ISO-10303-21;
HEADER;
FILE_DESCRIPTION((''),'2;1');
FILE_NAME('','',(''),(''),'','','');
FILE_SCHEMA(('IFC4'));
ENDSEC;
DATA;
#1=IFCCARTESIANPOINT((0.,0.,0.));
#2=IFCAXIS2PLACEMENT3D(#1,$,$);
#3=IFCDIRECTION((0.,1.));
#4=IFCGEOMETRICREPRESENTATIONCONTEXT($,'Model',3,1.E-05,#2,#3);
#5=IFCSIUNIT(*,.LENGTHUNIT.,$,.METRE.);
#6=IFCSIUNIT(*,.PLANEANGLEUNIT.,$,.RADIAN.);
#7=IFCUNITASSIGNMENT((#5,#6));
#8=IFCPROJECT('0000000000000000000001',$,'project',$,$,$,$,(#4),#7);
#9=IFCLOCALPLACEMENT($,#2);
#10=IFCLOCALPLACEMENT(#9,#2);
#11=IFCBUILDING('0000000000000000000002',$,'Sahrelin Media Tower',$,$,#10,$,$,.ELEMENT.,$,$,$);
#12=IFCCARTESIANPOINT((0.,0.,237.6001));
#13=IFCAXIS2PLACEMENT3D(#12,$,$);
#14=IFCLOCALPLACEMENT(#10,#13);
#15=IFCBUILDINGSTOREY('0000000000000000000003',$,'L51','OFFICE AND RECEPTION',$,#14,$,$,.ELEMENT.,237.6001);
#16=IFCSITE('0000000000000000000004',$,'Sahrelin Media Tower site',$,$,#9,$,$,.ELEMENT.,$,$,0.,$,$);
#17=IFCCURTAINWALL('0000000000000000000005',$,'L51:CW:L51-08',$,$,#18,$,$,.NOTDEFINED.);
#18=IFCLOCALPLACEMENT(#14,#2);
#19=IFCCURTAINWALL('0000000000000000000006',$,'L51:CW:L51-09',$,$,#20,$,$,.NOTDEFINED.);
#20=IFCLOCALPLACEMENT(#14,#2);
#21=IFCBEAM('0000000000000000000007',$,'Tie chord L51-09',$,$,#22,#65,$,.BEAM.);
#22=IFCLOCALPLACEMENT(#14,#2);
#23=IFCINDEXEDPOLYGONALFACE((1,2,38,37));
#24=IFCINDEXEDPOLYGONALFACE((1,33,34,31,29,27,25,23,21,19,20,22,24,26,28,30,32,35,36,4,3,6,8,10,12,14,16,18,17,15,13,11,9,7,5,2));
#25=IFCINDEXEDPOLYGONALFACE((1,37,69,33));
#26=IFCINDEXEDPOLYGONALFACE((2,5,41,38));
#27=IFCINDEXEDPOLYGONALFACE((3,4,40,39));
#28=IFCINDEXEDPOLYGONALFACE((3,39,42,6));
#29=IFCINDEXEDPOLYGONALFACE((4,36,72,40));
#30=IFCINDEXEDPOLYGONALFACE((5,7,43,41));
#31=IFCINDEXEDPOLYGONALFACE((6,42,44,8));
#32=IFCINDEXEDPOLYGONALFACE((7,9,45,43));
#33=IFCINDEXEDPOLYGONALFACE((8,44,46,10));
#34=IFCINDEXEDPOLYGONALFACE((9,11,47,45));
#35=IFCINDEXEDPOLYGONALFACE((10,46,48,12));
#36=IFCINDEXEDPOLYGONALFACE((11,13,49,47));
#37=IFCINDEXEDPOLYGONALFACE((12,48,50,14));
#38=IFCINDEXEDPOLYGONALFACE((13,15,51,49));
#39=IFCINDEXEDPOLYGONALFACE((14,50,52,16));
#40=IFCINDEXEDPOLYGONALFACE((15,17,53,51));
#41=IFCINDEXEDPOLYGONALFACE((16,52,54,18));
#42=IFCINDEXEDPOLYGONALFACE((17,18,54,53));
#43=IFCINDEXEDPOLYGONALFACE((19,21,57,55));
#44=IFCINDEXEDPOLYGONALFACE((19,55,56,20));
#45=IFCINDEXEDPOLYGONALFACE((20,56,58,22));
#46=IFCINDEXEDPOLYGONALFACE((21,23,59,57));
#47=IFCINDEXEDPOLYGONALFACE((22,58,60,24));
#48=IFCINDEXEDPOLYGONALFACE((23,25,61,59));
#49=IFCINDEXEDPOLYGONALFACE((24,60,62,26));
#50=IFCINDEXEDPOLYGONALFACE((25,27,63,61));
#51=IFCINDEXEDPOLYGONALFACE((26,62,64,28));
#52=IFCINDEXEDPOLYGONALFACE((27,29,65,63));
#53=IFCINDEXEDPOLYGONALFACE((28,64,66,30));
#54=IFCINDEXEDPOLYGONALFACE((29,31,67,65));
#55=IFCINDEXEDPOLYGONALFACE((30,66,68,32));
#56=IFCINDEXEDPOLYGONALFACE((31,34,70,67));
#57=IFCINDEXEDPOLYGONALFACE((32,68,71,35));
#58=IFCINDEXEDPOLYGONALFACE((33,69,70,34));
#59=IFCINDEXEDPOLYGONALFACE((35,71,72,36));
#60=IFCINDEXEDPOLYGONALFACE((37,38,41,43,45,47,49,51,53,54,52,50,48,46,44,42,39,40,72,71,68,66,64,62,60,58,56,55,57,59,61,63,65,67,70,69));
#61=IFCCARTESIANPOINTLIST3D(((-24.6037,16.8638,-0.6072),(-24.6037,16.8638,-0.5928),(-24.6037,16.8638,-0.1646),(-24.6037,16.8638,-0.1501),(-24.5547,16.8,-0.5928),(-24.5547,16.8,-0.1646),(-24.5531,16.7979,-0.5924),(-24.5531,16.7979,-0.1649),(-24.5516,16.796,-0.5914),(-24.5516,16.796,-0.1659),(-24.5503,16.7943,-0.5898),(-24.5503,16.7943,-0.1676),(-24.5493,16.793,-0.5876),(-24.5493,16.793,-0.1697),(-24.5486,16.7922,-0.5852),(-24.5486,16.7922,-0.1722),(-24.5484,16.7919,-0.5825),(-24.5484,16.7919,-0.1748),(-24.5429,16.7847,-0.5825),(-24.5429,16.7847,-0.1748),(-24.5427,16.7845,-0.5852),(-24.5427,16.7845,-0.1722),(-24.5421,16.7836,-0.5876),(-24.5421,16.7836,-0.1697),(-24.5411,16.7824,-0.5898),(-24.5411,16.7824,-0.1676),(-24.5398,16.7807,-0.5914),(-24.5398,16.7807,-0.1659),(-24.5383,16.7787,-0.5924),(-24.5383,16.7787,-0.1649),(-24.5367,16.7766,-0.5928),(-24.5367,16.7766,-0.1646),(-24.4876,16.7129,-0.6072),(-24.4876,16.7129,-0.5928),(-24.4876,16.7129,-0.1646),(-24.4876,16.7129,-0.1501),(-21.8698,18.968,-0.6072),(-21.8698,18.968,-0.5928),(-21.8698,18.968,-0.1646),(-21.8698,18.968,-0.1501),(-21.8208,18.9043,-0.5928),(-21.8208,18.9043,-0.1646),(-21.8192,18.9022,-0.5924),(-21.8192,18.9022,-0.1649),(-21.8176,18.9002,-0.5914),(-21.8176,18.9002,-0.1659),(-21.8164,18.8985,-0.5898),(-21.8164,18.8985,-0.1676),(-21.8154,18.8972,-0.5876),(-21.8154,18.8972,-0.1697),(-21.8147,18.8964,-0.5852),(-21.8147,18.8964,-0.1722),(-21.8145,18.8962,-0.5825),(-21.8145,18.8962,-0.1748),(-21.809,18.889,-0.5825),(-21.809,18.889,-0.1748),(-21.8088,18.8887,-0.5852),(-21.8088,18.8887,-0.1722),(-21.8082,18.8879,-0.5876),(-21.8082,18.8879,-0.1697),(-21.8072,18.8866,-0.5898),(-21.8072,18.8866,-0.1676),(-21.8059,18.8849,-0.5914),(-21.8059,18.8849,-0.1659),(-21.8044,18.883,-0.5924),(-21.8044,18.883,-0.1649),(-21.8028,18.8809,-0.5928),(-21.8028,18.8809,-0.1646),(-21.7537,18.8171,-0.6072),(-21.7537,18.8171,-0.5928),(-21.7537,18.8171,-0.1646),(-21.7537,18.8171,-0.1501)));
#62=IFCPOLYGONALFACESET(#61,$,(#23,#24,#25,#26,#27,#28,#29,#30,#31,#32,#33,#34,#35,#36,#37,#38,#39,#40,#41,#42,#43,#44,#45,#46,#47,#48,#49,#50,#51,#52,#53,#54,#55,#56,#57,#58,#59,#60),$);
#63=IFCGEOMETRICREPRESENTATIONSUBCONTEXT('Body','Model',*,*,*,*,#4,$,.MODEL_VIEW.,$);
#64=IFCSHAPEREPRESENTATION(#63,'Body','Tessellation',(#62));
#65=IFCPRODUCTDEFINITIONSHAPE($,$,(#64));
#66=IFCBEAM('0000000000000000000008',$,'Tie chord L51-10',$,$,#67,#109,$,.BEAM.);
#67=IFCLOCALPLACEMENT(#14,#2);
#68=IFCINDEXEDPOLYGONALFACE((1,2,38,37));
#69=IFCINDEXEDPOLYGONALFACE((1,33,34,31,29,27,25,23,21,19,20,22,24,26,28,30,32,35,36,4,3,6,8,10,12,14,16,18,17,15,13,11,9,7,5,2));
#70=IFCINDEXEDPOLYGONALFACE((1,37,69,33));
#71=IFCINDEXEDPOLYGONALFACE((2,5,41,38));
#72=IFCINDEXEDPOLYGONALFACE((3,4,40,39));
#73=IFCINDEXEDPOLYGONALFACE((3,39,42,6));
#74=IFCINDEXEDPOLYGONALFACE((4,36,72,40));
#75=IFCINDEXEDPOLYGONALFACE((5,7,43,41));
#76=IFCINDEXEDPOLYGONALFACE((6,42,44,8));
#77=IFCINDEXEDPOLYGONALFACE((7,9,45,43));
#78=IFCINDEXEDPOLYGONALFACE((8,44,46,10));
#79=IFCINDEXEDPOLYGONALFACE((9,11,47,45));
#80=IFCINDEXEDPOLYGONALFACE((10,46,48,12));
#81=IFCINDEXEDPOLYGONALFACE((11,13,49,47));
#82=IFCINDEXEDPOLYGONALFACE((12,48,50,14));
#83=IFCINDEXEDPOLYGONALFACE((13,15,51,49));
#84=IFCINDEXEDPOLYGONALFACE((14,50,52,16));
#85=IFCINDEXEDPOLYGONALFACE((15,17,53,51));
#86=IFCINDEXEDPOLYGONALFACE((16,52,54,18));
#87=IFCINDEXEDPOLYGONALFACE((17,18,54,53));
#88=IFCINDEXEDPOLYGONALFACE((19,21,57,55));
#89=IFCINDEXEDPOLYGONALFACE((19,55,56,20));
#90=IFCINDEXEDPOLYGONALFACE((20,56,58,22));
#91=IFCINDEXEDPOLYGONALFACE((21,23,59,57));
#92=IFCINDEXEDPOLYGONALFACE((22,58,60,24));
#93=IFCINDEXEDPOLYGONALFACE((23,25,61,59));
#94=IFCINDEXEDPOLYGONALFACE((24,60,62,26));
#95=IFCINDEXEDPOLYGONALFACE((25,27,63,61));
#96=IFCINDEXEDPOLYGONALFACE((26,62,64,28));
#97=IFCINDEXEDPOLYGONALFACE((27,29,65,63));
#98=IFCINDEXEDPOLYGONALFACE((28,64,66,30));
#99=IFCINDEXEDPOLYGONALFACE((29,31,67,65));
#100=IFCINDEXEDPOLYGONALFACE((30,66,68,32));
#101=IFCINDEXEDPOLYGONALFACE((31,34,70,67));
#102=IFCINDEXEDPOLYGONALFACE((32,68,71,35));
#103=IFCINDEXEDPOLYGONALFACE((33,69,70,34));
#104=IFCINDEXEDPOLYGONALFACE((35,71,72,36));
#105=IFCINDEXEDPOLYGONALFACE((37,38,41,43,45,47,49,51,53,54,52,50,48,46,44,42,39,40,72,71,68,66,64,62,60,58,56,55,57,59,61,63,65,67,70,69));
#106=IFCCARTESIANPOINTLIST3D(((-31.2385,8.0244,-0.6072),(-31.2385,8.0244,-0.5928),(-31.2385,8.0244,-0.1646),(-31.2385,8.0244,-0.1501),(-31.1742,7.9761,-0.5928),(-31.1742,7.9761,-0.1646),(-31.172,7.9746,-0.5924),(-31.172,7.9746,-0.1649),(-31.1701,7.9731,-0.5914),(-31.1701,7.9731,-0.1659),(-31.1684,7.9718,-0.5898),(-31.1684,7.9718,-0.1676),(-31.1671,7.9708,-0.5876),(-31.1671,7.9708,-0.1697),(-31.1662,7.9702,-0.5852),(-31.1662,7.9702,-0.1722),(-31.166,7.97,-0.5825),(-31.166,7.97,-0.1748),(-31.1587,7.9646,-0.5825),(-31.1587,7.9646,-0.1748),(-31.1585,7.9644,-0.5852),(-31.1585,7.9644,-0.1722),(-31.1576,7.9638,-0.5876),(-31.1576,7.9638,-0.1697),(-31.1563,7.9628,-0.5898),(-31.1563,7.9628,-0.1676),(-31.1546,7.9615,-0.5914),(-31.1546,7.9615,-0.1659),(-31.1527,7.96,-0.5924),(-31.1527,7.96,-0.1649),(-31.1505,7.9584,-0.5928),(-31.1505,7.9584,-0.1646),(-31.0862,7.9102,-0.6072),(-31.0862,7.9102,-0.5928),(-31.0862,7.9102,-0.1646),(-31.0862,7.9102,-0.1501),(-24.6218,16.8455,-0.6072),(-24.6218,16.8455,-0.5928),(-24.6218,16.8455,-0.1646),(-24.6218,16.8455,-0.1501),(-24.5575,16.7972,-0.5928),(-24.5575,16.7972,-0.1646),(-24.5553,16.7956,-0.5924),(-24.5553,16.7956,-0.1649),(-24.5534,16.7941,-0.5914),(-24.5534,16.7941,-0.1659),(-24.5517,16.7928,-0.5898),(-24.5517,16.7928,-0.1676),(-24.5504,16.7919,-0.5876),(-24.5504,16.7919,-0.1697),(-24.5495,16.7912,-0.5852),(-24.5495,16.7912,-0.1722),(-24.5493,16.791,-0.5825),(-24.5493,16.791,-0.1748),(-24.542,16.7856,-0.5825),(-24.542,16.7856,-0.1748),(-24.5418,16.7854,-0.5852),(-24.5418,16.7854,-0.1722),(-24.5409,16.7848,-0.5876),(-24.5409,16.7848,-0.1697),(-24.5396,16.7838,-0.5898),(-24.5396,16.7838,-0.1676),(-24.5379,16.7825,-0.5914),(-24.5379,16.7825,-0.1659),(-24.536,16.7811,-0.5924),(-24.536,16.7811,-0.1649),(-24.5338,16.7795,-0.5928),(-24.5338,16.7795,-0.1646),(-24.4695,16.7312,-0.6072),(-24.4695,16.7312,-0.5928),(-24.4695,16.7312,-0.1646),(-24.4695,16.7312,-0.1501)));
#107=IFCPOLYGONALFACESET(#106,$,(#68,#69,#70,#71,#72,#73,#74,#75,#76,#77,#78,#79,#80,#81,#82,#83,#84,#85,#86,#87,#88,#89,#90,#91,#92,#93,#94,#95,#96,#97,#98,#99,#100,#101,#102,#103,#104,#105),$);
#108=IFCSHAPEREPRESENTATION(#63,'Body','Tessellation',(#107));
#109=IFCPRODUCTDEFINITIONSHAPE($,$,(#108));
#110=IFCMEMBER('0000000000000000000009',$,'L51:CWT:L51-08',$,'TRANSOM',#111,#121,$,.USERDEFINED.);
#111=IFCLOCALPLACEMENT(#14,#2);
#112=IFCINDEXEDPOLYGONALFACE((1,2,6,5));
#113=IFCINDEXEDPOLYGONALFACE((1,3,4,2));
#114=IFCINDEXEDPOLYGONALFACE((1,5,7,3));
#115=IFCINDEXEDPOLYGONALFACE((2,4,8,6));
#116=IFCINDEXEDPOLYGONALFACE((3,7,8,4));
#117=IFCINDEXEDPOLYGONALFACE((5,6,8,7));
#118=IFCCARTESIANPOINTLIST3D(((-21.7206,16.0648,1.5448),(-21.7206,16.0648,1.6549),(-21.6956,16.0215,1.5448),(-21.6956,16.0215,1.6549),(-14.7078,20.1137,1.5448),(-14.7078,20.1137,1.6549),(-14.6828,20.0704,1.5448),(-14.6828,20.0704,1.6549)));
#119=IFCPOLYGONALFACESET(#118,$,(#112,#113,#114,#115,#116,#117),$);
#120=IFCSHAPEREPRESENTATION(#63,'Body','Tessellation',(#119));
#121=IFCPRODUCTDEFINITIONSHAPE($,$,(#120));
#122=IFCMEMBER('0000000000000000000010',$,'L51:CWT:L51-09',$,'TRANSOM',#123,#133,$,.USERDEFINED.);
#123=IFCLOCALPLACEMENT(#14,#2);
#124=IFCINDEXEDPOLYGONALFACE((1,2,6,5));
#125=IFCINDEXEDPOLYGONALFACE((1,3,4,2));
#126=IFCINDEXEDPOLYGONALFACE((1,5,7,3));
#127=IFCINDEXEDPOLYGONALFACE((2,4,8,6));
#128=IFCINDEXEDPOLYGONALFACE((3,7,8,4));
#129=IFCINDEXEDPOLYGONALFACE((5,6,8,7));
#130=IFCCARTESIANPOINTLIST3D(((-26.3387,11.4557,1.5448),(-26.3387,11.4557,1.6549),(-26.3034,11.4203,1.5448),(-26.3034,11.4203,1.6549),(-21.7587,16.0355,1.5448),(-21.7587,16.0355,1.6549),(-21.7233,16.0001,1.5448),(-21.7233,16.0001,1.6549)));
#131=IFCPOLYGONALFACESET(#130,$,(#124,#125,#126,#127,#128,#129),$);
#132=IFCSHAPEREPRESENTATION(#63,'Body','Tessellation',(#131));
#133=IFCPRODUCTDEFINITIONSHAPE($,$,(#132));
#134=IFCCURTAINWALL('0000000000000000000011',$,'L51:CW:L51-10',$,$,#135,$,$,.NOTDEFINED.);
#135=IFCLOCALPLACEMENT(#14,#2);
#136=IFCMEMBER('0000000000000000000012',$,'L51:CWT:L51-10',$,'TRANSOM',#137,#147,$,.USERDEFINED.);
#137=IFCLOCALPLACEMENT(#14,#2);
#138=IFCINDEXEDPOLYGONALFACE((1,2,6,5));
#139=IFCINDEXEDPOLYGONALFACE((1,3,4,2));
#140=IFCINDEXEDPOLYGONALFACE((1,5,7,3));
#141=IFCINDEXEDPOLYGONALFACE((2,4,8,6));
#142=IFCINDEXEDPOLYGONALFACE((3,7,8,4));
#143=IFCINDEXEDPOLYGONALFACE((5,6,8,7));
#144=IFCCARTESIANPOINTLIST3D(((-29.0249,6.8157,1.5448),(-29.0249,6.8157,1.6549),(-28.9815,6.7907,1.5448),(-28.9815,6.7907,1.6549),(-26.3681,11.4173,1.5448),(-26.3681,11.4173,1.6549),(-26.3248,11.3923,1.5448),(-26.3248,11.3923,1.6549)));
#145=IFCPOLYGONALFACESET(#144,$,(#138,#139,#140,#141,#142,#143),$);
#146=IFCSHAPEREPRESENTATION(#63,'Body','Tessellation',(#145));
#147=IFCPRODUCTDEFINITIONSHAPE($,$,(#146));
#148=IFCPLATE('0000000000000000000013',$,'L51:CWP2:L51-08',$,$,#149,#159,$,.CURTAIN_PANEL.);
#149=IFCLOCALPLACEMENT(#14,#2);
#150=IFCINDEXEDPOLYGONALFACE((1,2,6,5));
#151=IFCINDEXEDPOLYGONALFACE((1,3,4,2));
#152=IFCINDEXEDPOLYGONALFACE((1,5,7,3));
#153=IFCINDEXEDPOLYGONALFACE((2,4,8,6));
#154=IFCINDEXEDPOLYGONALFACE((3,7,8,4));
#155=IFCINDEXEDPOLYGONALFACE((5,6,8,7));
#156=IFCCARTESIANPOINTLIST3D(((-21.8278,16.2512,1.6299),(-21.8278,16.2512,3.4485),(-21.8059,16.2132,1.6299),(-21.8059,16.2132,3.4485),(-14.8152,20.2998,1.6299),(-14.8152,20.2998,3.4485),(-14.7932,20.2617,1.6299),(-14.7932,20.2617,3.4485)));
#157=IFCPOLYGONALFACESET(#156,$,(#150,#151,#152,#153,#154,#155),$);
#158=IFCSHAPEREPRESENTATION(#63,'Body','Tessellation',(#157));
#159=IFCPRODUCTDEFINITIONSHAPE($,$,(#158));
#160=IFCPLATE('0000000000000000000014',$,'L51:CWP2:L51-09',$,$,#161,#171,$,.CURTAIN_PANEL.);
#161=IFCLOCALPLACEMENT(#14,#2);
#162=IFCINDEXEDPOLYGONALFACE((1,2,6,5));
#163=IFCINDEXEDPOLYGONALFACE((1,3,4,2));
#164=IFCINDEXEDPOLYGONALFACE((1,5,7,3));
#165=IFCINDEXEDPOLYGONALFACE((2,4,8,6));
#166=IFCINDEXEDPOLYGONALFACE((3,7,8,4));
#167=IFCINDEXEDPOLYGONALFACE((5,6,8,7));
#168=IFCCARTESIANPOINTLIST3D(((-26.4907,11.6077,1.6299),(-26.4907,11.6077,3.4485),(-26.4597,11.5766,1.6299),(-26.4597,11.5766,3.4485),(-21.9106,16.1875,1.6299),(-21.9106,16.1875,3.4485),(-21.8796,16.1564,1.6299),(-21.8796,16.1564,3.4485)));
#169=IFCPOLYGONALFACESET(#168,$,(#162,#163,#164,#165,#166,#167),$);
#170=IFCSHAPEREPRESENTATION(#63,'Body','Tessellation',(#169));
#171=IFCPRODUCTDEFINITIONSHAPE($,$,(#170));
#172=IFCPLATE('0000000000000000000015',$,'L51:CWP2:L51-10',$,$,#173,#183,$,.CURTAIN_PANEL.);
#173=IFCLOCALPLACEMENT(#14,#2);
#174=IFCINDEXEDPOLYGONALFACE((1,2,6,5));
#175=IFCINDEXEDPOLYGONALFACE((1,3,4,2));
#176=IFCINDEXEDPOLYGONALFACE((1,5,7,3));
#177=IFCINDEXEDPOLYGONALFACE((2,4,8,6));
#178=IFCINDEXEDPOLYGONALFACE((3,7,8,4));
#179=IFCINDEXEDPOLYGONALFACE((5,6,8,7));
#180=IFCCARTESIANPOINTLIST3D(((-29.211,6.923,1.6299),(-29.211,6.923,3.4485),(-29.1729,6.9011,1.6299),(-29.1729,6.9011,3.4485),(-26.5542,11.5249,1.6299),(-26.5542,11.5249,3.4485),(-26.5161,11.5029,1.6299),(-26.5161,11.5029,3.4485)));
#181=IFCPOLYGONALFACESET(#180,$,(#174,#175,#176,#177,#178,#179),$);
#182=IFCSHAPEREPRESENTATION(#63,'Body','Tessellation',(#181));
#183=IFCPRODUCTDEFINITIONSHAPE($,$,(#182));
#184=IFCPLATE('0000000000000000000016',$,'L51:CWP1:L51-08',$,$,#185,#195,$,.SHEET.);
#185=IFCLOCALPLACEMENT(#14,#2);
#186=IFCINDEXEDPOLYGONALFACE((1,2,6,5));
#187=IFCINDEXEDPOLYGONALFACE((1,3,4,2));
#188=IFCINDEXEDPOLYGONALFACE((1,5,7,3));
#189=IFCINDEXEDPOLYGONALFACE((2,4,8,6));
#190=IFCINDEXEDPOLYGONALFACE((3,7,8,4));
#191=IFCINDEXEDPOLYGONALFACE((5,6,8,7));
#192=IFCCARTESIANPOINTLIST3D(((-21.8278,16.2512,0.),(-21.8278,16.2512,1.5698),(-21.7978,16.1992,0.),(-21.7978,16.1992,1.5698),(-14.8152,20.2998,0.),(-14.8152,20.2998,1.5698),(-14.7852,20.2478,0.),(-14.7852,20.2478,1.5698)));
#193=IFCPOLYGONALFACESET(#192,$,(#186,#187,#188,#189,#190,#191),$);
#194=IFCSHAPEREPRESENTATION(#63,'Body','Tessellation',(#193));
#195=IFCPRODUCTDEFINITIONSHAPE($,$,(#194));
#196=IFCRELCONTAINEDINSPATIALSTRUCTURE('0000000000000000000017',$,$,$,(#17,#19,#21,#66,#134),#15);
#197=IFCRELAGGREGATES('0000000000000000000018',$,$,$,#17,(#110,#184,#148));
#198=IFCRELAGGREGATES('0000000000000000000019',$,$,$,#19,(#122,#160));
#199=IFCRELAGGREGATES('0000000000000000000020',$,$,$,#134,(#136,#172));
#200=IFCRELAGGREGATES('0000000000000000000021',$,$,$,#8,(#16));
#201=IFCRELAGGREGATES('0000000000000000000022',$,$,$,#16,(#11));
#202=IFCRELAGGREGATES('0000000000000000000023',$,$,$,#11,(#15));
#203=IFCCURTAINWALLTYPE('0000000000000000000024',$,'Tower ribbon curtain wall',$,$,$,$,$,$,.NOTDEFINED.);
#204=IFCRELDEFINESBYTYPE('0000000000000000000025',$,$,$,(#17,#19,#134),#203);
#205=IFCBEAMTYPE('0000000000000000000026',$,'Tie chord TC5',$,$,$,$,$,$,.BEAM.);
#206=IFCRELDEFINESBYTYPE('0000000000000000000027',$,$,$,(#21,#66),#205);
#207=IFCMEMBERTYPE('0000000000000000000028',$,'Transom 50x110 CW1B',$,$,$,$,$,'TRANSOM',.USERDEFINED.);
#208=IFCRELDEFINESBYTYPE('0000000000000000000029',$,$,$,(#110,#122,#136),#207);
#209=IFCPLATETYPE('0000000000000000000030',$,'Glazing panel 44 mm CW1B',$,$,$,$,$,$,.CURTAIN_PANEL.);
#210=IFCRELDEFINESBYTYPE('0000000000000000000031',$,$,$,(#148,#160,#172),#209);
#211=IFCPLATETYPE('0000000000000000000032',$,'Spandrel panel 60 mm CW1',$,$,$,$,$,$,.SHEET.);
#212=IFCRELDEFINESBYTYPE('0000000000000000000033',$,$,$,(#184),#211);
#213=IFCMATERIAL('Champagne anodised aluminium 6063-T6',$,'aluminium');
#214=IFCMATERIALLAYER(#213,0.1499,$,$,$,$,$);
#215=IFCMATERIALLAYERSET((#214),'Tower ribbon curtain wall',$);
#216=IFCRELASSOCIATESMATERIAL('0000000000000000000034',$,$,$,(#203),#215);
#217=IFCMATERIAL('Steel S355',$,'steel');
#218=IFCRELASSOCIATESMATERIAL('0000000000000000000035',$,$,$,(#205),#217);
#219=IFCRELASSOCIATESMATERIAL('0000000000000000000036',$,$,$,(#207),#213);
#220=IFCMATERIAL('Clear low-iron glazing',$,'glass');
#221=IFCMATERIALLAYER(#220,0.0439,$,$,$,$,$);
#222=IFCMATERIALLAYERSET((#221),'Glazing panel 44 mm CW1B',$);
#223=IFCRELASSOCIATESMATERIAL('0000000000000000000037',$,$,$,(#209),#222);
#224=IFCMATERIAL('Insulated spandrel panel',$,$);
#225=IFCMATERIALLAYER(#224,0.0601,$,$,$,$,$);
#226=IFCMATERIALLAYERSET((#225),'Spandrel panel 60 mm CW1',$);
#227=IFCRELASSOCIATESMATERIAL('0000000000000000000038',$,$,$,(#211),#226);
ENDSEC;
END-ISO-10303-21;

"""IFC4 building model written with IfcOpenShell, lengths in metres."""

from ifc_helpers import new_model, si_unit, direction, frame, origin, origin_2d, place, context, subcontext, project, spatial, polyline, rectangle, i_section, outline, extrude, material, layer, layer_set, material_profile, profile_set, type_object, element, aggregate, save


model = new_model("IFC4")

# Units and contexts
model_context = context("Model", 3, precision=1e-05, world=origin(), true_north=direction((0.0, 1.0)))
body_context = subcontext(model_context, "Body", "Model", "MODEL_VIEW")
ifc_project = project(units=[si_unit("LENGTHUNIT", "METRE"), si_unit("PLANEANGLEUNIT", "RADIAN")], contexts=[model_context])

# Site, building, storey
site_placement = place(None, origin())
site = spatial("IfcSite", under=ifc_project, at=site_placement, Name="Sahrelin Media Tower site", CompositionType="ELEMENT", RefElevation=0.0)
building_placement = place(site_placement, origin())
building = spatial("IfcBuilding", under=site, at=building_placement, Name="Sahrelin Media Tower", CompositionType="ELEMENT")
storey_placement = place(building_placement, frame((0.0, 0.0, 237.6001)))
storey = spatial("IfcBuildingStorey", under=building, at=storey_placement, Name="L51", Description="OFFICE AND RECEPTION", CompositionType="ELEMENT", Elevation=237.6001)

# Shared definitions
ifc_material_1 = material(Name="Steel S355", Category="steel")

# Curtain walls
ifc_material_2 = material(Name="Champagne anodised aluminium 6063-T6", Category="aluminium")
ifc_layer_1 = layer(ifc_material_2, 0.1499)
ifc_layer_set_1 = layer_set([ifc_layer_1], Name="Tower ribbon curtain wall")
curtain_wall_type = type_object("IfcCurtainWallType", Name="Tower ribbon curtain wall", PredefinedType="NOTDEFINED", material=ifc_layer_set_1)
curtain_wall_1_placement = place(storey_placement, frame((-18.3115, 18.2581, 0.0), z_axis=(0.0, 0.0, 1.0), x_axis=(1.0, 0.0, 0.0)))
curtain_wall_1 = element("IfcCurtainWall", 1, at=curtain_wall_1_placement, inside=storey, type_object=curtain_wall_type, Name="L51:CW:L51-08", PredefinedType="NOTDEFINED")
curtain_wall_2_placement = place(storey_placement, frame((-24.1865, 13.8835, 0.0), z_axis=(0.0, 0.0, 1.0), x_axis=(1.0, 0.0, 0.0)))
curtain_wall_2 = element("IfcCurtainWall", 2, at=curtain_wall_2_placement, inside=storey, type_object=curtain_wall_type, Name="L51:CW:L51-09", PredefinedType="NOTDEFINED")

# Beams
ifc_material_profile_1 = material_profile(ifc_material_1, i_section(OverallWidth=0.1904, OverallDepth=0.457, WebThickness=0.009, FlangeThickness=0.0144, FilletRadius=0.0103, at=origin_2d()), Name="UB 457x191x74")
ifc_profile_set_1 = profile_set([ifc_material_profile_1], Name="Steel S355")
beam_type_1 = type_object("IfcBeamType", Name="Tie chord TC5", PredefinedType="BEAM", material=ifc_profile_set_1)
beam_1_placement = place(storey_placement, frame((-21.8118, 18.8926, -0.3787), z_axis=(-0.792448, -0.60994, 0.0), x_axis=(0.60994, -0.792448, 0.0)))
element("IfcBeam", 3, at=beam_1_placement, inside=storey, type_object=beam_type_1, Name="Tie chord L51-09", PredefinedType="BEAM", context=body_context, shape_type="SweptSolid", body=[
    extrude(i_section(OverallWidth=0.1904, OverallDepth=0.457, WebThickness=0.009, FlangeThickness=0.0144, FilletRadius=0.0103, at=origin_2d()), origin(), (0.0, 0.0, 1.0), 3.45),
])
beam_2_placement = place(storey_placement, frame((-24.5457, 16.7883, -0.3787), z_axis=(-0.600053, -0.79996, 0.0), x_axis=(0.79996, -0.600053, 0.0)))
element("IfcBeam", 4, at=beam_2_placement, inside=storey, type_object=beam_type_1, Name="Tie chord L51-10", PredefinedType="BEAM", context=body_context, shape_type="SweptSolid", body=[
    extrude(i_section(OverallWidth=0.1904, OverallDepth=0.457, WebThickness=0.009, FlangeThickness=0.0144, FilletRadius=0.0103, at=origin_2d()), origin(), (0.0, 0.0, 1.0), 11.0269),
])

# Members
ifc_material_profile_2 = material_profile(ifc_material_2, rectangle(XDim=0.05, YDim=0.1101, at=origin_2d()), Name="Transom 50x110")
ifc_profile_set_2 = profile_set([ifc_material_profile_2], Name="Champagne anodised aluminium 6063-T6")
member_type_1 = type_object("IfcMemberType", Name="Transom 50x110 CW1B", ElementType="TRANSOM", PredefinedType="USERDEFINED", material=ifc_profile_set_2)
member_1_placement = place(storey_placement, frame((-14.6953, 20.092, 1.5999), z_axis=(-0.866023, -0.500004, 0.0), x_axis=(0.500004, -0.866023, 0.0)))
member_1 = element("IfcMember", 5, at=member_1_placement, type_object=member_type_1, Name="L51:CWT:L51-08", ObjectType="TRANSOM", PredefinedType="USERDEFINED", context=body_context, shape_type="SweptSolid", body=[
    extrude(rectangle(XDim=0.05, YDim=0.1101, at=origin_2d()), origin(), (0.0, 0.0, 1.0), 8.0977),
])
member_2_placement = place(storey_placement, frame((-21.741, 16.0178, 1.5999), z_axis=(-0.707126, -0.707088, 0.0), x_axis=(0.707088, -0.707126, 0.0)))
member_2 = element("IfcMember", 6, at=member_2_placement, type_object=member_type_1, Name="L51:CWT:L51-09", ObjectType="TRANSOM", PredefinedType="USERDEFINED", context=body_context, shape_type="SweptSolid", body=[
    extrude(rectangle(XDim=0.05, YDim=0.1101, at=origin_2d()), origin(), (0.0, 0.0, 1.0), 6.4771),
])

# Curtain wall, member
curtain_wall_3_placement = place(storey_placement, frame((-27.8652, 9.2141, 0.0), z_axis=(0.0, 0.0, 1.0), x_axis=(1.0, 0.0, 0.0)))
curtain_wall_3 = element("IfcCurtainWall", 7, at=curtain_wall_3_placement, inside=storey, type_object=curtain_wall_type, Name="L51:CW:L51-10", PredefinedType="NOTDEFINED")
member_3_placement = place(storey_placement, frame((-26.3464, 11.4048, 1.5999), z_axis=(-0.500004, -0.866023, 0.0), x_axis=(0.866023, -0.500004, 0.0)))
member_3 = element("IfcMember", 8, at=member_3_placement, type_object=member_type_1, Name="L51:CWT:L51-10", ObjectType="TRANSOM", PredefinedType="USERDEFINED", context=body_context, shape_type="SweptSolid", body=[
    extrude(rectangle(XDim=0.05, YDim=0.1101, at=origin_2d()), origin(), (0.0, 0.0, 1.0), 5.3135),
])

# Plates
ifc_material_3 = material(Name="Clear low-iron glazing", Category="glass")
ifc_layer_2 = layer(ifc_material_3, 0.0439)
ifc_layer_set_2 = layer_set([ifc_layer_2], Name="Glazing panel 44 mm CW1B")
plate_type_1 = type_object("IfcPlateType", Name="Glazing panel 44 mm CW1B", PredefinedType="CURTAIN_PANEL", material=ifc_layer_set_2)
plate_1_placement = place(storey_placement, frame((-14.8152, 20.2998, 1.6299), z_axis=(-0.499982, 0.866036, 0.0), x_axis=(-0.866036, -0.499982, 0.0)))
plate_1 = element("IfcPlate", 9, at=plate_1_placement, type_object=plate_type_1, Name="L51:CWP2:L51-08", PredefinedType="CURTAIN_PANEL", context=body_context, shape_type="SweptSolid", body=[
    extrude(outline(polyline([(0.0, 0.0), (8.0974, 0.0), (8.0974, 1.8186), (0.0, 1.8186), (0.0, 0.0)])), origin(), (0.0, 0.0, -1.0), 0.0439),
])
plate_2_placement = place(storey_placement, frame((-21.9106, 16.1875, 1.6299), z_axis=(-0.707088, 0.707126, 0.0), x_axis=(-0.707126, -0.707088, 0.0)))
plate_2 = element("IfcPlate", 10, at=plate_2_placement, type_object=plate_type_1, Name="L51:CWP2:L51-09", PredefinedType="CURTAIN_PANEL", context=body_context, shape_type="SweptSolid", body=[
    extrude(outline(polyline([(0.0, 0.0), (6.4771, 0.0), (6.4771, 1.8186), (0.0, 1.8186), (0.0, 0.0)])), origin(), (0.0, 0.0, -1.0), 0.0439),
])
plate_3_placement = place(storey_placement, frame((-26.5542, 11.5249, 1.6299), z_axis=(-0.866035, 0.499984, 0.0), x_axis=(-0.499984, -0.866035, 0.0)))
plate_3 = element("IfcPlate", 11, at=plate_3_placement, type_object=plate_type_1, Name="L51:CWP2:L51-10", PredefinedType="CURTAIN_PANEL", context=body_context, shape_type="SweptSolid", body=[
    extrude(outline(polyline([(0.0, 0.0), (5.3137, 0.0), (5.3137, 1.8186), (0.0, 1.8186), (0.0, 0.0)])), origin(), (0.0, 0.0, -1.0), 0.0439),
])
ifc_material_4 = material(Name="Insulated spandrel panel")
ifc_layer_3 = layer(ifc_material_4, 0.0601)
ifc_layer_set_3 = layer_set([ifc_layer_3], Name="Spandrel panel 60 mm CW1")
plate_type_2 = type_object("IfcPlateType", Name="Spandrel panel 60 mm CW1", PredefinedType="SHEET", material=ifc_layer_set_3)
plate_4_placement = place(storey_placement, frame((-14.8152, 20.2998, 0.0), z_axis=(-0.499982, 0.866036, 0.0), x_axis=(-0.866036, -0.499982, 0.0)))
plate_4 = element("IfcPlate", 12, at=plate_4_placement, type_object=plate_type_2, Name="L51:CWP1:L51-08", PredefinedType="SHEET", context=body_context, shape_type="SweptSolid", body=[
    extrude(outline(polyline([(0.0, 0.0), (8.0974, 0.0), (8.0974, 1.5698), (0.0, 1.5698), (0.0, 0.0)])), origin(), (0.0, 0.0, -1.0), 0.0601),
])
aggregate(curtain_wall_1, [member_1, plate_4, plate_1])
aggregate(curtain_wall_2, [member_2, plate_2])
aggregate(curtain_wall_3, [member_3, plate_3])

save(model, "model.ifc")
